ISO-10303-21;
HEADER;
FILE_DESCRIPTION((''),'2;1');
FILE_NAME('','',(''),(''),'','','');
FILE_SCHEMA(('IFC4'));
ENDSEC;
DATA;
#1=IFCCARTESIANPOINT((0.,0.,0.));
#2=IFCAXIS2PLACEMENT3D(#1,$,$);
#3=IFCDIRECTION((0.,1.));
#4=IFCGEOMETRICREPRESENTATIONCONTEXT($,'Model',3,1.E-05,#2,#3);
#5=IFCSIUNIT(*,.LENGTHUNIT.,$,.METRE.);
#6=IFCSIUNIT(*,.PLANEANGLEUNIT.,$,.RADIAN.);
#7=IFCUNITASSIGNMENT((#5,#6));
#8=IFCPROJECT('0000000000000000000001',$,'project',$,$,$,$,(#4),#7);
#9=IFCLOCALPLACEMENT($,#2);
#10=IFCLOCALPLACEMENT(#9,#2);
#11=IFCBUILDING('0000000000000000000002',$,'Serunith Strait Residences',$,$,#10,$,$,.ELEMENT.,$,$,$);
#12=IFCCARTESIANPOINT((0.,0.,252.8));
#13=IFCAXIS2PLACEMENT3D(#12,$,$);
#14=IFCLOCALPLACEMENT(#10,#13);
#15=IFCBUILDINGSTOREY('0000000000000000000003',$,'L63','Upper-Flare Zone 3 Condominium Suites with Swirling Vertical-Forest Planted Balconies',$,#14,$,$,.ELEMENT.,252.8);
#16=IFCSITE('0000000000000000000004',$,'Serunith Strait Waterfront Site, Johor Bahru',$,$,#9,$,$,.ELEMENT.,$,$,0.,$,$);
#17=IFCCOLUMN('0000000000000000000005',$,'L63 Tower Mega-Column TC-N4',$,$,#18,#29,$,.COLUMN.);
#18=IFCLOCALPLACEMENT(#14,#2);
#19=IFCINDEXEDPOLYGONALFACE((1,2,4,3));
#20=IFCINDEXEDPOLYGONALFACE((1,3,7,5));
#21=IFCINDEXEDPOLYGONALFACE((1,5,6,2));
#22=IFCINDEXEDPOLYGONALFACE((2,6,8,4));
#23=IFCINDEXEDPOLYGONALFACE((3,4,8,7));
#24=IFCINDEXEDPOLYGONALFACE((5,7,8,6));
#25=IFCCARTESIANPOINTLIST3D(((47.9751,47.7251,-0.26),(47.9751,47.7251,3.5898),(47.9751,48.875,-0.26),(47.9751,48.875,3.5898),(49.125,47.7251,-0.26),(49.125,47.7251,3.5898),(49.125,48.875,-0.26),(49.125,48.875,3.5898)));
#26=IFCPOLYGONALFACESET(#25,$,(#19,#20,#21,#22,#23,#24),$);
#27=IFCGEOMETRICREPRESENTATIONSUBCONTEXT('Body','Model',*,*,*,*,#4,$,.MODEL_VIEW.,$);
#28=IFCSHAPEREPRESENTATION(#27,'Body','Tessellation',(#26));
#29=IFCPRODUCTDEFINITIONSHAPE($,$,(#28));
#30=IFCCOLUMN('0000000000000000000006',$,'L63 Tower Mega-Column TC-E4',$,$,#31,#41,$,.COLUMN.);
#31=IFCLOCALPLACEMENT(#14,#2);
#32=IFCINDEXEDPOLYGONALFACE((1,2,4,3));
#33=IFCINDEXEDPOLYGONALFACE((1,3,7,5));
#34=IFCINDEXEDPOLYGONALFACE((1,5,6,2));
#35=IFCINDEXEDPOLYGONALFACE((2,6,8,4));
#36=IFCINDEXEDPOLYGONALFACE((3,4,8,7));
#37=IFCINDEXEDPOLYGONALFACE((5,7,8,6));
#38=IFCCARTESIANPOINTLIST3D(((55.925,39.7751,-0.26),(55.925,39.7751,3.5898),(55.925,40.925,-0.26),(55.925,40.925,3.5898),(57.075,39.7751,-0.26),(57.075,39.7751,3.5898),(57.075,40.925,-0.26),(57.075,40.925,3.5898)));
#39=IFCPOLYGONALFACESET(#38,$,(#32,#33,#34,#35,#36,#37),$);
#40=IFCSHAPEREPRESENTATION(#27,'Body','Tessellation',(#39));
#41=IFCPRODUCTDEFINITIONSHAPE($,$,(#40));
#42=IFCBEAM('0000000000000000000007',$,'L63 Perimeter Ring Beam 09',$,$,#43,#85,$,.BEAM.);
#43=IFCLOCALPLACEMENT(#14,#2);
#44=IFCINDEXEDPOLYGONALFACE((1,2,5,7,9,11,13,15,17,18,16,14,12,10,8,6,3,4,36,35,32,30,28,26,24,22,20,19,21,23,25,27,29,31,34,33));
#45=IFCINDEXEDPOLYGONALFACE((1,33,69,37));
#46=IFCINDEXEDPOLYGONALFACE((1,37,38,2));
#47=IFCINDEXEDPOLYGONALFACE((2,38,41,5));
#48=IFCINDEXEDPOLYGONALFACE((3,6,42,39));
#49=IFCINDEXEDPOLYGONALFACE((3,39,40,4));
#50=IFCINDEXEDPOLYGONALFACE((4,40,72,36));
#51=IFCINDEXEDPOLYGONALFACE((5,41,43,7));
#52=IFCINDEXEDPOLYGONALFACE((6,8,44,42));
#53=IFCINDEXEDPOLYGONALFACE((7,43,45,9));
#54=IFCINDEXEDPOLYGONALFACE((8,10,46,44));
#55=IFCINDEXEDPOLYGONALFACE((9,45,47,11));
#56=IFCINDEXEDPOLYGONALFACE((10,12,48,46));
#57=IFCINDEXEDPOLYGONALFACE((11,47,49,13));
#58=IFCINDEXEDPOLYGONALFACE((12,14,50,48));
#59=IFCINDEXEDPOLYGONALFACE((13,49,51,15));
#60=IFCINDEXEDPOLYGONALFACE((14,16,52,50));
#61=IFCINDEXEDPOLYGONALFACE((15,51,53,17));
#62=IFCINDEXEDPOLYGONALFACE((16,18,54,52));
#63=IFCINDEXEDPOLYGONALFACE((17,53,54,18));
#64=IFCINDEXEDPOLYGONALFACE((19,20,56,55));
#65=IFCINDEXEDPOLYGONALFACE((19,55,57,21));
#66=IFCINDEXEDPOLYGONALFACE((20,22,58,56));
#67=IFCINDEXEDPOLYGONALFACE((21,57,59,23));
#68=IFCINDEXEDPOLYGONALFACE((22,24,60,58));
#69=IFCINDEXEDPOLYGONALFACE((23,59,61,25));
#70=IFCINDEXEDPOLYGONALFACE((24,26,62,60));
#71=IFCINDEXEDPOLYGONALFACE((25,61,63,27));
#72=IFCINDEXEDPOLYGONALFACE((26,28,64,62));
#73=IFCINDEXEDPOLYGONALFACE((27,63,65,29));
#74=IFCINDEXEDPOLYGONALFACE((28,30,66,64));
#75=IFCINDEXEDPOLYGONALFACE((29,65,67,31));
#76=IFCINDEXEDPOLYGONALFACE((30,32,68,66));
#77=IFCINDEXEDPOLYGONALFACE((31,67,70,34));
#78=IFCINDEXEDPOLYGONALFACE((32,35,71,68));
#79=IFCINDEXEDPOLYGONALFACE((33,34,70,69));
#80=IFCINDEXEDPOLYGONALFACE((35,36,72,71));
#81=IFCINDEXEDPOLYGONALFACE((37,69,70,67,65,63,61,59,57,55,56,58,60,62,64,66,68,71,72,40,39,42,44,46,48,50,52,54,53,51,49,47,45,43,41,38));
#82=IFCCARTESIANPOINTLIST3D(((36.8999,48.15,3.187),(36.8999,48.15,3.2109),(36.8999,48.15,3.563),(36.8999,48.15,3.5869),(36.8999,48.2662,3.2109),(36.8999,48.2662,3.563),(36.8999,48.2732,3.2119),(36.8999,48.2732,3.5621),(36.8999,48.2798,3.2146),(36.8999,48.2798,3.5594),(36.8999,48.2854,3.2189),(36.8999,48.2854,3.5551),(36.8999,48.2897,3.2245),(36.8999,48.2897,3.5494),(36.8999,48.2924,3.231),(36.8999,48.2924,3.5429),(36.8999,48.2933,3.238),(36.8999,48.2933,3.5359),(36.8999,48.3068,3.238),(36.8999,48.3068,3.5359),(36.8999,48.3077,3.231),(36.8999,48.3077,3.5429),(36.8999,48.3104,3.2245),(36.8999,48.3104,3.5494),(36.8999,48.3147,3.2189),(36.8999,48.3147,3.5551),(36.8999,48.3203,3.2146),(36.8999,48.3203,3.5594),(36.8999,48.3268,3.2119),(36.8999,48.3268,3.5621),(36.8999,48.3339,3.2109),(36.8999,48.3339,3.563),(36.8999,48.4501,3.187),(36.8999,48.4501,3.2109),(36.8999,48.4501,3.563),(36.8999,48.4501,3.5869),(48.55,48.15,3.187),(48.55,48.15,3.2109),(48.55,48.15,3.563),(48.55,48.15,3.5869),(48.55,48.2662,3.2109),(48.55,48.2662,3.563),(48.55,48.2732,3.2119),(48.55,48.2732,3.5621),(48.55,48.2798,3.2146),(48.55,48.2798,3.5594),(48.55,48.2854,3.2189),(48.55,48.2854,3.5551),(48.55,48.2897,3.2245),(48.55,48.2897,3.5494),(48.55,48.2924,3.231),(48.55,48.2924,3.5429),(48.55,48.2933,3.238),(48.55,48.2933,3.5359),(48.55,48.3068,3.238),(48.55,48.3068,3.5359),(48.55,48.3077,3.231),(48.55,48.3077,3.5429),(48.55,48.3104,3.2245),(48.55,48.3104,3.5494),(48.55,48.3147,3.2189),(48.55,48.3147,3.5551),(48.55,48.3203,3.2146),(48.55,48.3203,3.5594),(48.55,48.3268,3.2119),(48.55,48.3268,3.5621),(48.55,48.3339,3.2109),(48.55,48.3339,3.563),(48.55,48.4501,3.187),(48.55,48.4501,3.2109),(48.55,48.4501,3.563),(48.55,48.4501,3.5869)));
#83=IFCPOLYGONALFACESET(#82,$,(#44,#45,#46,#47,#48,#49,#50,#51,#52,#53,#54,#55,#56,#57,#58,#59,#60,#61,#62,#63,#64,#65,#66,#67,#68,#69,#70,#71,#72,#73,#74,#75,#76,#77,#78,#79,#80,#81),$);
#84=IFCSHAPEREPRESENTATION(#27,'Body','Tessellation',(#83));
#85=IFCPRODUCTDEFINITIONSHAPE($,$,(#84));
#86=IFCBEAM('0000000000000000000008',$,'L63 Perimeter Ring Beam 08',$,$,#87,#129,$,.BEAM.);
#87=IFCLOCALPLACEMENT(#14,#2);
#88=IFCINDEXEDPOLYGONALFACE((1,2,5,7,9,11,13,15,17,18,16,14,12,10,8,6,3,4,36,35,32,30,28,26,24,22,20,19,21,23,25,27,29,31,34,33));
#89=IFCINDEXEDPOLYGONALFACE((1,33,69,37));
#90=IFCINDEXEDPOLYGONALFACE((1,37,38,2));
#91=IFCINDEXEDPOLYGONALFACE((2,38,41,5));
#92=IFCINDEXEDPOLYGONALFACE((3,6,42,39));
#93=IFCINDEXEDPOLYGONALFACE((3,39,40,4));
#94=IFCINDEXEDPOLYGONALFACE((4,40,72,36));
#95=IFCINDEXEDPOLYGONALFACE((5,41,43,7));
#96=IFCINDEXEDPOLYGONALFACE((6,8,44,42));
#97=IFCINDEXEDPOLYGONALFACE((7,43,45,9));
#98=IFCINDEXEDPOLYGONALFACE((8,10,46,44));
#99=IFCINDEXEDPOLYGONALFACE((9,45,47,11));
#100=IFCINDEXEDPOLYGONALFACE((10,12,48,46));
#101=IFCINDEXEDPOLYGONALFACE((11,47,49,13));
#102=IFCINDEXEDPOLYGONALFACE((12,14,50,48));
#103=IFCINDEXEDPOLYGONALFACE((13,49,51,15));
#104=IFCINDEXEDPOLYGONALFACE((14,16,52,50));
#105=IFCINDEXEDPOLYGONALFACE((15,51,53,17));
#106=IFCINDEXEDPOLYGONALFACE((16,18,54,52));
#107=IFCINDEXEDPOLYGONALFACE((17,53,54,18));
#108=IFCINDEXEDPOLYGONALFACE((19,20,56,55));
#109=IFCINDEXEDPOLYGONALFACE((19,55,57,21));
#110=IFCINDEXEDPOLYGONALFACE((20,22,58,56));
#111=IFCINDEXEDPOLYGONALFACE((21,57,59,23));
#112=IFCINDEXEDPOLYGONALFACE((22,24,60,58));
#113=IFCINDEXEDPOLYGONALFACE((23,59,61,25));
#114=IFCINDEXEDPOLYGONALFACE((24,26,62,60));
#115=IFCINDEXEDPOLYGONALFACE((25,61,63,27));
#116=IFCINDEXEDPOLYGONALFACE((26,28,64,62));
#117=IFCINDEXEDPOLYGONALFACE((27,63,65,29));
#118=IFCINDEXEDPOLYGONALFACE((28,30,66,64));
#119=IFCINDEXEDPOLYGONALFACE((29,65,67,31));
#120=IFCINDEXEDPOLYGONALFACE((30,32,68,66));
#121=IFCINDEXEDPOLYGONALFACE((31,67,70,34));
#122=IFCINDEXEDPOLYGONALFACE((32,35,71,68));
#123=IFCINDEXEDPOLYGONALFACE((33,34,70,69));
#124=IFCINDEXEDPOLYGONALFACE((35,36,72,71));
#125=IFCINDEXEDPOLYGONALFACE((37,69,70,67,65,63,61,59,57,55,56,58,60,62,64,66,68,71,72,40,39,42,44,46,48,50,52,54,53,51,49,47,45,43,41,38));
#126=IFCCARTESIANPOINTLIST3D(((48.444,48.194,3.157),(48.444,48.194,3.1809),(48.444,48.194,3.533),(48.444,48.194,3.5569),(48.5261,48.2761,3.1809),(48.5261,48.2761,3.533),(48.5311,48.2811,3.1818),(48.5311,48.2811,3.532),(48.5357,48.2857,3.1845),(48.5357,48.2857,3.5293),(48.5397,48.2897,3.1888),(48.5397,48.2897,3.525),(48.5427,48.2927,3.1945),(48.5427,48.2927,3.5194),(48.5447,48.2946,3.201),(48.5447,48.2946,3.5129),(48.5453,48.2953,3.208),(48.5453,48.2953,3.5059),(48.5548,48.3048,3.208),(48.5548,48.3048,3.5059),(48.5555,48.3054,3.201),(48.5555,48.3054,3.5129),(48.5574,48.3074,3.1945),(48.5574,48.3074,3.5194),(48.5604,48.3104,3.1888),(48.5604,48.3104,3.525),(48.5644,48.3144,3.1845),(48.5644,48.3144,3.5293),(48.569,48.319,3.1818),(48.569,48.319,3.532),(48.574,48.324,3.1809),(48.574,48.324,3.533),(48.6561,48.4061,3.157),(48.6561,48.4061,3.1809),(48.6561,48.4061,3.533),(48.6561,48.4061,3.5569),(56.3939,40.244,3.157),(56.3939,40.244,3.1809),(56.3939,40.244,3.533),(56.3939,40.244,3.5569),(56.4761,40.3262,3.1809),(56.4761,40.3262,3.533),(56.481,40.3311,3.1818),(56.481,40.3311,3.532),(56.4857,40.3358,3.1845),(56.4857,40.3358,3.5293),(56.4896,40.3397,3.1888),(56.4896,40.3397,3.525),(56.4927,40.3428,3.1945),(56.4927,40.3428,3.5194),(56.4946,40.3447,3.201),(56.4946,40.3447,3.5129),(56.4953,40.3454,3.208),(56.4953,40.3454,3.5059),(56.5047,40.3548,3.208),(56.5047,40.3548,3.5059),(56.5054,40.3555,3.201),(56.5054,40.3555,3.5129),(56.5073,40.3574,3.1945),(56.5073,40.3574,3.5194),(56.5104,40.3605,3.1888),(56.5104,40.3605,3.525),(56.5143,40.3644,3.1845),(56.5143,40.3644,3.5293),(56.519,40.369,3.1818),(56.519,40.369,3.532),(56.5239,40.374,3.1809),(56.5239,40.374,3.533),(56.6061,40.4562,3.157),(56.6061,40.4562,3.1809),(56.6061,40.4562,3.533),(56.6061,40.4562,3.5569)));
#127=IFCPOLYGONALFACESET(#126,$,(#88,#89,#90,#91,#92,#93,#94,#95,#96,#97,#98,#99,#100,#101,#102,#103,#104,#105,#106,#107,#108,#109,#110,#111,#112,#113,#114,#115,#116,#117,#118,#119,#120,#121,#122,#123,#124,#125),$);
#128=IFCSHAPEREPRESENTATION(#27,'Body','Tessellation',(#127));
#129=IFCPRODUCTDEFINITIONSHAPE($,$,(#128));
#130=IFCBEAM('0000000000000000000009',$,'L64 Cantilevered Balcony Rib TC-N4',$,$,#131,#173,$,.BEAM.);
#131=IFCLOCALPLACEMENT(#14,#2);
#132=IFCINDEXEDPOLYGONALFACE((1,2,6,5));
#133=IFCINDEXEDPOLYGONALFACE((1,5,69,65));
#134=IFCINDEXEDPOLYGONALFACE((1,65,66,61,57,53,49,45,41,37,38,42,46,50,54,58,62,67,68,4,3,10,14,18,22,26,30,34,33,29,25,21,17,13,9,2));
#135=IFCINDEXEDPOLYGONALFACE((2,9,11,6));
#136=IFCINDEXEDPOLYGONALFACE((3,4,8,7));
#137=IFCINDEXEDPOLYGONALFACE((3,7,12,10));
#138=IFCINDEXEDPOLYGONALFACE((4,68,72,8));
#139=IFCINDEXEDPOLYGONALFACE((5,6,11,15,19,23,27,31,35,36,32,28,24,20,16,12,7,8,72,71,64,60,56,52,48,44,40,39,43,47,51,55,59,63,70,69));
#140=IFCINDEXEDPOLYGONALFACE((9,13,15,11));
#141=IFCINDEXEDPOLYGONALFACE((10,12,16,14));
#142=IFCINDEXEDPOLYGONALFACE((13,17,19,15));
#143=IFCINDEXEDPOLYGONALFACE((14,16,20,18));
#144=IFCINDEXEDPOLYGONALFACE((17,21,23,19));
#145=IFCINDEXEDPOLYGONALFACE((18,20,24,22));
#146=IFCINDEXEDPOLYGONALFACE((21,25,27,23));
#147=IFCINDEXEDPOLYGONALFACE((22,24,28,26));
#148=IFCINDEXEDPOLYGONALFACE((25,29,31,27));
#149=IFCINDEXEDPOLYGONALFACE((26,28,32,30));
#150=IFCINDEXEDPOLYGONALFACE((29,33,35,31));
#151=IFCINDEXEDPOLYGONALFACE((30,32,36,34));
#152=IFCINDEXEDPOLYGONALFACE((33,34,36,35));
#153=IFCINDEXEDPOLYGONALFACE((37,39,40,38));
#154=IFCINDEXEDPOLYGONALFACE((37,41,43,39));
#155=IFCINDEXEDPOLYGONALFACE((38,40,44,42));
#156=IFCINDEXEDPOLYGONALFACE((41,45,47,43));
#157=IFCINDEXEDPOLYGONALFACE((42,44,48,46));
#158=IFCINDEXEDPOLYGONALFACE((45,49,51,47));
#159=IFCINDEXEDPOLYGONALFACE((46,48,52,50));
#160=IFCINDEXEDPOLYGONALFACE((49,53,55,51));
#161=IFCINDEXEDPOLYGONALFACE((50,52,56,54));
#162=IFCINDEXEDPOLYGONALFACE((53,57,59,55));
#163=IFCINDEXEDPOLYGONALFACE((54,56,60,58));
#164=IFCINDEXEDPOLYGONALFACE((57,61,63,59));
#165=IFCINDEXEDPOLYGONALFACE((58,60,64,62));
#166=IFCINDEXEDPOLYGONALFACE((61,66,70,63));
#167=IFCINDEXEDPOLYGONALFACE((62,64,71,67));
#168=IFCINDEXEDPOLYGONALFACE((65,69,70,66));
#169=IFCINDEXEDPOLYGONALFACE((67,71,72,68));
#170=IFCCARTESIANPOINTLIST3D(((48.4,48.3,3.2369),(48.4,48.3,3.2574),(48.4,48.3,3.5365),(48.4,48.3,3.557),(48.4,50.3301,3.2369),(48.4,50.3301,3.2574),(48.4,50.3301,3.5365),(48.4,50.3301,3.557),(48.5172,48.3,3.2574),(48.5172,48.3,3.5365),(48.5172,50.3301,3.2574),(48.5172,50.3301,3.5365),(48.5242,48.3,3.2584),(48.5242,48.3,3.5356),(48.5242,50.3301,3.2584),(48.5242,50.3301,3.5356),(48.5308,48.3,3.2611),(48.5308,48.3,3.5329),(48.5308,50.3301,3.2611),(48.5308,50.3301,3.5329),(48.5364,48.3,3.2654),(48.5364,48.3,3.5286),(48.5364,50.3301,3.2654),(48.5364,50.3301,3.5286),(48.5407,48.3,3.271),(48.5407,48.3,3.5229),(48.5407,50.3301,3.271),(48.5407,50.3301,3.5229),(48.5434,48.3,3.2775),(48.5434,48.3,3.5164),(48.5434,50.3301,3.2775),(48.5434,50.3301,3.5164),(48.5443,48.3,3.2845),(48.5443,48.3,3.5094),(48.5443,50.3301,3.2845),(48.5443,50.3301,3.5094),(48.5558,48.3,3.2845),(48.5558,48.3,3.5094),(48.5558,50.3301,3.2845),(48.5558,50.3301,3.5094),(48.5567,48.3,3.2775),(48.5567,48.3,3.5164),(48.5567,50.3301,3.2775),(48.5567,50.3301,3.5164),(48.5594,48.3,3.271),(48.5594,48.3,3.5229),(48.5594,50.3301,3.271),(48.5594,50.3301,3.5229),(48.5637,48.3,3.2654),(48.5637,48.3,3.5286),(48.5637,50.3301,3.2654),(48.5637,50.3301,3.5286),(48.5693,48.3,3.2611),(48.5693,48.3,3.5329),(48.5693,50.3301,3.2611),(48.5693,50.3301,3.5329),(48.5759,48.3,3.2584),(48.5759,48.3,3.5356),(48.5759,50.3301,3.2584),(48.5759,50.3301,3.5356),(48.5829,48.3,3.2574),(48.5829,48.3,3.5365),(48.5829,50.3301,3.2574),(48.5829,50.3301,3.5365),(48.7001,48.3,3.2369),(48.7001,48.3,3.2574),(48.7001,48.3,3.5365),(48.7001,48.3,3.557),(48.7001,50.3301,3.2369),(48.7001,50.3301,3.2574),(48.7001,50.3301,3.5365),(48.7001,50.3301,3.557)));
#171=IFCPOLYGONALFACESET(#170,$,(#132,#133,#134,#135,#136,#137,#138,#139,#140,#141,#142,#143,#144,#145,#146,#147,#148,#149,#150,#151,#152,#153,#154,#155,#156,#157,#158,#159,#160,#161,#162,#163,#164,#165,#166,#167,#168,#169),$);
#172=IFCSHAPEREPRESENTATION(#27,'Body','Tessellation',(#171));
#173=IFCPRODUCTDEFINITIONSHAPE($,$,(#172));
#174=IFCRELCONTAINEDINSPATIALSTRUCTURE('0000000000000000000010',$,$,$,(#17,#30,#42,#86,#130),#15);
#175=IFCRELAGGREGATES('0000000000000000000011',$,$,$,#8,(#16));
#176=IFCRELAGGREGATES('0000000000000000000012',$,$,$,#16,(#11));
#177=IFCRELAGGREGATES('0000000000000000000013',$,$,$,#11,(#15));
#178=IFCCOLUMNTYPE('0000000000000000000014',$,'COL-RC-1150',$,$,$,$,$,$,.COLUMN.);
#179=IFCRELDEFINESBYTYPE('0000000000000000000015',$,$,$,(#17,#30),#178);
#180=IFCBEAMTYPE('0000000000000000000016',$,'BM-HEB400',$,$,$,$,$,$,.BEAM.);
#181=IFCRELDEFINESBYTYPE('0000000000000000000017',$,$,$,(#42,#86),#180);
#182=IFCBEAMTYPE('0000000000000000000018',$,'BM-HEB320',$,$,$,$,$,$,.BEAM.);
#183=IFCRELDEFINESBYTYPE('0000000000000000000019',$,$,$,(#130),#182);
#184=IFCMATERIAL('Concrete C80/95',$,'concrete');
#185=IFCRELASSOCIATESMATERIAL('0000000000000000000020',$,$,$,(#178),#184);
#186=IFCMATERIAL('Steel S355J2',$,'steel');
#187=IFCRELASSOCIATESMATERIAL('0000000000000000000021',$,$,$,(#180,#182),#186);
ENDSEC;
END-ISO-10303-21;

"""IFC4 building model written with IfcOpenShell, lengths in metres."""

from ifc_helpers import new_model, si_unit, direction, frame, origin, origin_2d, place, context, subcontext, project, spatial, rectangle, i_section, extrude, source, transform, mapped, material, material_profile, profile_set, type_object, element, save


model = new_model("IFC4")

# Units and contexts
model_context = context("Model", 3, precision=1e-05, world=origin(), true_north=direction((0.0, 1.0)))
body_context = subcontext(model_context, "Body", "Model", "MODEL_VIEW")
ifc_project = project(units=[si_unit("LENGTHUNIT", "METRE"), si_unit("PLANEANGLEUNIT", "RADIAN")], contexts=[model_context])

# Site, building, storey
site_placement = place(None, origin())
site = spatial("IfcSite", under=ifc_project, at=site_placement, Name="Serunith Strait Waterfront Site, Johor Bahru", CompositionType="ELEMENT", RefElevation=0.0)
building_placement = place(site_placement, origin())
building = spatial("IfcBuilding", under=site, at=building_placement, Name="Serunith Strait Residences", CompositionType="ELEMENT")
storey_placement = place(building_placement, frame((0.0, 0.0, 252.8)))
storey = spatial("IfcBuildingStorey", under=building, at=storey_placement, Name="L63", Description="Upper-Flare Zone 3 Condominium Suites with Swirling Vertical-Forest Planted Balconies", CompositionType="ELEMENT", Elevation=252.8)

# Columns
ifc_material_1 = material(Name="Concrete C80/95", Category="concrete")
ifc_material_profile_1 = material_profile(ifc_material_1, rectangle(XDim=1.1499, YDim=1.1499, at=origin_2d()), Name="RC 1150x1150")
ifc_profile_set_1 = profile_set([ifc_material_profile_1], Name="Concrete C80/95")
column_type = type_object("IfcColumnType", Name="COL-RC-1150", PredefinedType="COLUMN", material=ifc_profile_set_1)
shared_shape_1 = source(origin(), body_context, "Body", "SweptSolid", [
    extrude(rectangle(XDim=1.1499, YDim=1.1499, at=origin_2d()), origin(), (0.0, 0.0, 1.0), 3.8499),
])
for number, where, z_axis, x_axis, name in (
    (1, (48.55, 48.3, -0.26), (0.0, 0.0, 1.0), (1.0, 0.0, 0.0), "L63 Tower Mega-Column TC-N4"),
    (2, (56.5, 40.3501, -0.26), (0.0, 0.0, 1.0), (1.0, 0.0, 0.0), "L63 Tower Mega-Column TC-E4"),
):
    element("IfcColumn", number, at=place(storey_placement, frame(where, z_axis=z_axis, x_axis=x_axis)), inside=storey, type_object=column_type, Name=name, PredefinedType="COLUMN", context=body_context, shape_type="MappedRepresentation", body=[
        mapped(shared_shape_1, transform((0.0, 0.0, 0.0), scale=1.0)),
    ])

# Beams
ifc_material_2 = material(Name="Steel S355J2", Category="steel")
ifc_material_profile_2 = material_profile(ifc_material_2, i_section(OverallWidth=0.3, OverallDepth=0.3999, WebThickness=0.0134, FlangeThickness=0.0239, FilletRadius=0.0271, at=origin_2d()), Name="HEB 400")
ifc_profile_set_2 = profile_set([ifc_material_profile_2], Name="Steel S355J2")
beam_type_1 = type_object("IfcBeamType", Name="BM-HEB400", PredefinedType="BEAM", material=ifc_profile_set_2)
shared_shape_2 = source(origin(), body_context, "Body", "SweptSolid", [
    extrude(i_section(OverallWidth=0.3, OverallDepth=0.3999, WebThickness=0.0134, FlangeThickness=0.0239, FilletRadius=0.0271, at=origin_2d()), origin(), (0.0, 0.0, 1.0), 11.6501),
])
beam_1_placement = place(storey_placement, frame((48.55, 48.3, 3.387), z_axis=(-1.0, 0.0, 0.0), x_axis=(0.0, -1.0, 0.0)))
element("IfcBeam", 3, at=beam_1_placement, inside=storey, type_object=beam_type_1, Name="L63 Perimeter Ring Beam 09", PredefinedType="BEAM", context=body_context, shape_type="MappedRepresentation", body=[
    mapped(shared_shape_2, transform((0.0, 0.0, 0.0), scale=1.0)),
])
shared_shape_3 = source(origin(), body_context, "Body", "SweptSolid", [
    extrude(i_section(OverallWidth=0.3, OverallDepth=0.3999, WebThickness=0.0134, FlangeThickness=0.0239, FilletRadius=0.0271, at=origin_2d()), origin(), (0.0, 0.0, 1.0), 11.2429),
])
beam_2_placement = place(storey_placement, frame((56.5, 40.3501, 3.3569), z_axis=(-0.707107, 0.707107, 0.0), x_axis=(-0.707107, -0.707107, 0.0)))
element("IfcBeam", 4, at=beam_2_placement, inside=storey, type_object=beam_type_1, Name="L63 Perimeter Ring Beam 08", PredefinedType="BEAM", context=body_context, shape_type="MappedRepresentation", body=[
    mapped(shared_shape_3, transform((0.0, 0.0, 0.0), scale=1.0)),
])
ifc_material_profile_3 = material_profile(ifc_material_2, i_section(OverallWidth=0.3, OverallDepth=0.3201, WebThickness=0.0115, FlangeThickness=0.0205, FilletRadius=0.0271, at=origin_2d()), Name="HEB 320")
ifc_profile_set_3 = profile_set([ifc_material_profile_3], Name="Steel S355J2")
beam_type_2 = type_object("IfcBeamType", Name="BM-HEB320", PredefinedType="BEAM", material=ifc_profile_set_3)
shared_shape_4 = source(origin(), body_context, "Body", "SweptSolid", [
    extrude(i_section(OverallWidth=0.3, OverallDepth=0.3201, WebThickness=0.0115, FlangeThickness=0.0205, FilletRadius=0.0271, at=origin_2d()), origin(), (0.0, 0.0, 1.0), 2.03),
])
for number, where, z_axis, x_axis, name in (
    (5, (48.55, 48.3, 3.397), (0.0, 1.0, 0.0), (-1.0, 0.0, 0.0), "L64 Cantilevered Balcony Rib TC-N4"),
):
    element("IfcBeam", number, at=place(storey_placement, frame(where, z_axis=z_axis, x_axis=x_axis)), inside=storey, type_object=beam_type_2, Name=name, PredefinedType="BEAM", context=body_context, shape_type="MappedRepresentation", body=[
        mapped(shared_shape_4, transform((0.0, 0.0, 0.0), scale=1.0)),
    ])

save(model, "model.ifc")
